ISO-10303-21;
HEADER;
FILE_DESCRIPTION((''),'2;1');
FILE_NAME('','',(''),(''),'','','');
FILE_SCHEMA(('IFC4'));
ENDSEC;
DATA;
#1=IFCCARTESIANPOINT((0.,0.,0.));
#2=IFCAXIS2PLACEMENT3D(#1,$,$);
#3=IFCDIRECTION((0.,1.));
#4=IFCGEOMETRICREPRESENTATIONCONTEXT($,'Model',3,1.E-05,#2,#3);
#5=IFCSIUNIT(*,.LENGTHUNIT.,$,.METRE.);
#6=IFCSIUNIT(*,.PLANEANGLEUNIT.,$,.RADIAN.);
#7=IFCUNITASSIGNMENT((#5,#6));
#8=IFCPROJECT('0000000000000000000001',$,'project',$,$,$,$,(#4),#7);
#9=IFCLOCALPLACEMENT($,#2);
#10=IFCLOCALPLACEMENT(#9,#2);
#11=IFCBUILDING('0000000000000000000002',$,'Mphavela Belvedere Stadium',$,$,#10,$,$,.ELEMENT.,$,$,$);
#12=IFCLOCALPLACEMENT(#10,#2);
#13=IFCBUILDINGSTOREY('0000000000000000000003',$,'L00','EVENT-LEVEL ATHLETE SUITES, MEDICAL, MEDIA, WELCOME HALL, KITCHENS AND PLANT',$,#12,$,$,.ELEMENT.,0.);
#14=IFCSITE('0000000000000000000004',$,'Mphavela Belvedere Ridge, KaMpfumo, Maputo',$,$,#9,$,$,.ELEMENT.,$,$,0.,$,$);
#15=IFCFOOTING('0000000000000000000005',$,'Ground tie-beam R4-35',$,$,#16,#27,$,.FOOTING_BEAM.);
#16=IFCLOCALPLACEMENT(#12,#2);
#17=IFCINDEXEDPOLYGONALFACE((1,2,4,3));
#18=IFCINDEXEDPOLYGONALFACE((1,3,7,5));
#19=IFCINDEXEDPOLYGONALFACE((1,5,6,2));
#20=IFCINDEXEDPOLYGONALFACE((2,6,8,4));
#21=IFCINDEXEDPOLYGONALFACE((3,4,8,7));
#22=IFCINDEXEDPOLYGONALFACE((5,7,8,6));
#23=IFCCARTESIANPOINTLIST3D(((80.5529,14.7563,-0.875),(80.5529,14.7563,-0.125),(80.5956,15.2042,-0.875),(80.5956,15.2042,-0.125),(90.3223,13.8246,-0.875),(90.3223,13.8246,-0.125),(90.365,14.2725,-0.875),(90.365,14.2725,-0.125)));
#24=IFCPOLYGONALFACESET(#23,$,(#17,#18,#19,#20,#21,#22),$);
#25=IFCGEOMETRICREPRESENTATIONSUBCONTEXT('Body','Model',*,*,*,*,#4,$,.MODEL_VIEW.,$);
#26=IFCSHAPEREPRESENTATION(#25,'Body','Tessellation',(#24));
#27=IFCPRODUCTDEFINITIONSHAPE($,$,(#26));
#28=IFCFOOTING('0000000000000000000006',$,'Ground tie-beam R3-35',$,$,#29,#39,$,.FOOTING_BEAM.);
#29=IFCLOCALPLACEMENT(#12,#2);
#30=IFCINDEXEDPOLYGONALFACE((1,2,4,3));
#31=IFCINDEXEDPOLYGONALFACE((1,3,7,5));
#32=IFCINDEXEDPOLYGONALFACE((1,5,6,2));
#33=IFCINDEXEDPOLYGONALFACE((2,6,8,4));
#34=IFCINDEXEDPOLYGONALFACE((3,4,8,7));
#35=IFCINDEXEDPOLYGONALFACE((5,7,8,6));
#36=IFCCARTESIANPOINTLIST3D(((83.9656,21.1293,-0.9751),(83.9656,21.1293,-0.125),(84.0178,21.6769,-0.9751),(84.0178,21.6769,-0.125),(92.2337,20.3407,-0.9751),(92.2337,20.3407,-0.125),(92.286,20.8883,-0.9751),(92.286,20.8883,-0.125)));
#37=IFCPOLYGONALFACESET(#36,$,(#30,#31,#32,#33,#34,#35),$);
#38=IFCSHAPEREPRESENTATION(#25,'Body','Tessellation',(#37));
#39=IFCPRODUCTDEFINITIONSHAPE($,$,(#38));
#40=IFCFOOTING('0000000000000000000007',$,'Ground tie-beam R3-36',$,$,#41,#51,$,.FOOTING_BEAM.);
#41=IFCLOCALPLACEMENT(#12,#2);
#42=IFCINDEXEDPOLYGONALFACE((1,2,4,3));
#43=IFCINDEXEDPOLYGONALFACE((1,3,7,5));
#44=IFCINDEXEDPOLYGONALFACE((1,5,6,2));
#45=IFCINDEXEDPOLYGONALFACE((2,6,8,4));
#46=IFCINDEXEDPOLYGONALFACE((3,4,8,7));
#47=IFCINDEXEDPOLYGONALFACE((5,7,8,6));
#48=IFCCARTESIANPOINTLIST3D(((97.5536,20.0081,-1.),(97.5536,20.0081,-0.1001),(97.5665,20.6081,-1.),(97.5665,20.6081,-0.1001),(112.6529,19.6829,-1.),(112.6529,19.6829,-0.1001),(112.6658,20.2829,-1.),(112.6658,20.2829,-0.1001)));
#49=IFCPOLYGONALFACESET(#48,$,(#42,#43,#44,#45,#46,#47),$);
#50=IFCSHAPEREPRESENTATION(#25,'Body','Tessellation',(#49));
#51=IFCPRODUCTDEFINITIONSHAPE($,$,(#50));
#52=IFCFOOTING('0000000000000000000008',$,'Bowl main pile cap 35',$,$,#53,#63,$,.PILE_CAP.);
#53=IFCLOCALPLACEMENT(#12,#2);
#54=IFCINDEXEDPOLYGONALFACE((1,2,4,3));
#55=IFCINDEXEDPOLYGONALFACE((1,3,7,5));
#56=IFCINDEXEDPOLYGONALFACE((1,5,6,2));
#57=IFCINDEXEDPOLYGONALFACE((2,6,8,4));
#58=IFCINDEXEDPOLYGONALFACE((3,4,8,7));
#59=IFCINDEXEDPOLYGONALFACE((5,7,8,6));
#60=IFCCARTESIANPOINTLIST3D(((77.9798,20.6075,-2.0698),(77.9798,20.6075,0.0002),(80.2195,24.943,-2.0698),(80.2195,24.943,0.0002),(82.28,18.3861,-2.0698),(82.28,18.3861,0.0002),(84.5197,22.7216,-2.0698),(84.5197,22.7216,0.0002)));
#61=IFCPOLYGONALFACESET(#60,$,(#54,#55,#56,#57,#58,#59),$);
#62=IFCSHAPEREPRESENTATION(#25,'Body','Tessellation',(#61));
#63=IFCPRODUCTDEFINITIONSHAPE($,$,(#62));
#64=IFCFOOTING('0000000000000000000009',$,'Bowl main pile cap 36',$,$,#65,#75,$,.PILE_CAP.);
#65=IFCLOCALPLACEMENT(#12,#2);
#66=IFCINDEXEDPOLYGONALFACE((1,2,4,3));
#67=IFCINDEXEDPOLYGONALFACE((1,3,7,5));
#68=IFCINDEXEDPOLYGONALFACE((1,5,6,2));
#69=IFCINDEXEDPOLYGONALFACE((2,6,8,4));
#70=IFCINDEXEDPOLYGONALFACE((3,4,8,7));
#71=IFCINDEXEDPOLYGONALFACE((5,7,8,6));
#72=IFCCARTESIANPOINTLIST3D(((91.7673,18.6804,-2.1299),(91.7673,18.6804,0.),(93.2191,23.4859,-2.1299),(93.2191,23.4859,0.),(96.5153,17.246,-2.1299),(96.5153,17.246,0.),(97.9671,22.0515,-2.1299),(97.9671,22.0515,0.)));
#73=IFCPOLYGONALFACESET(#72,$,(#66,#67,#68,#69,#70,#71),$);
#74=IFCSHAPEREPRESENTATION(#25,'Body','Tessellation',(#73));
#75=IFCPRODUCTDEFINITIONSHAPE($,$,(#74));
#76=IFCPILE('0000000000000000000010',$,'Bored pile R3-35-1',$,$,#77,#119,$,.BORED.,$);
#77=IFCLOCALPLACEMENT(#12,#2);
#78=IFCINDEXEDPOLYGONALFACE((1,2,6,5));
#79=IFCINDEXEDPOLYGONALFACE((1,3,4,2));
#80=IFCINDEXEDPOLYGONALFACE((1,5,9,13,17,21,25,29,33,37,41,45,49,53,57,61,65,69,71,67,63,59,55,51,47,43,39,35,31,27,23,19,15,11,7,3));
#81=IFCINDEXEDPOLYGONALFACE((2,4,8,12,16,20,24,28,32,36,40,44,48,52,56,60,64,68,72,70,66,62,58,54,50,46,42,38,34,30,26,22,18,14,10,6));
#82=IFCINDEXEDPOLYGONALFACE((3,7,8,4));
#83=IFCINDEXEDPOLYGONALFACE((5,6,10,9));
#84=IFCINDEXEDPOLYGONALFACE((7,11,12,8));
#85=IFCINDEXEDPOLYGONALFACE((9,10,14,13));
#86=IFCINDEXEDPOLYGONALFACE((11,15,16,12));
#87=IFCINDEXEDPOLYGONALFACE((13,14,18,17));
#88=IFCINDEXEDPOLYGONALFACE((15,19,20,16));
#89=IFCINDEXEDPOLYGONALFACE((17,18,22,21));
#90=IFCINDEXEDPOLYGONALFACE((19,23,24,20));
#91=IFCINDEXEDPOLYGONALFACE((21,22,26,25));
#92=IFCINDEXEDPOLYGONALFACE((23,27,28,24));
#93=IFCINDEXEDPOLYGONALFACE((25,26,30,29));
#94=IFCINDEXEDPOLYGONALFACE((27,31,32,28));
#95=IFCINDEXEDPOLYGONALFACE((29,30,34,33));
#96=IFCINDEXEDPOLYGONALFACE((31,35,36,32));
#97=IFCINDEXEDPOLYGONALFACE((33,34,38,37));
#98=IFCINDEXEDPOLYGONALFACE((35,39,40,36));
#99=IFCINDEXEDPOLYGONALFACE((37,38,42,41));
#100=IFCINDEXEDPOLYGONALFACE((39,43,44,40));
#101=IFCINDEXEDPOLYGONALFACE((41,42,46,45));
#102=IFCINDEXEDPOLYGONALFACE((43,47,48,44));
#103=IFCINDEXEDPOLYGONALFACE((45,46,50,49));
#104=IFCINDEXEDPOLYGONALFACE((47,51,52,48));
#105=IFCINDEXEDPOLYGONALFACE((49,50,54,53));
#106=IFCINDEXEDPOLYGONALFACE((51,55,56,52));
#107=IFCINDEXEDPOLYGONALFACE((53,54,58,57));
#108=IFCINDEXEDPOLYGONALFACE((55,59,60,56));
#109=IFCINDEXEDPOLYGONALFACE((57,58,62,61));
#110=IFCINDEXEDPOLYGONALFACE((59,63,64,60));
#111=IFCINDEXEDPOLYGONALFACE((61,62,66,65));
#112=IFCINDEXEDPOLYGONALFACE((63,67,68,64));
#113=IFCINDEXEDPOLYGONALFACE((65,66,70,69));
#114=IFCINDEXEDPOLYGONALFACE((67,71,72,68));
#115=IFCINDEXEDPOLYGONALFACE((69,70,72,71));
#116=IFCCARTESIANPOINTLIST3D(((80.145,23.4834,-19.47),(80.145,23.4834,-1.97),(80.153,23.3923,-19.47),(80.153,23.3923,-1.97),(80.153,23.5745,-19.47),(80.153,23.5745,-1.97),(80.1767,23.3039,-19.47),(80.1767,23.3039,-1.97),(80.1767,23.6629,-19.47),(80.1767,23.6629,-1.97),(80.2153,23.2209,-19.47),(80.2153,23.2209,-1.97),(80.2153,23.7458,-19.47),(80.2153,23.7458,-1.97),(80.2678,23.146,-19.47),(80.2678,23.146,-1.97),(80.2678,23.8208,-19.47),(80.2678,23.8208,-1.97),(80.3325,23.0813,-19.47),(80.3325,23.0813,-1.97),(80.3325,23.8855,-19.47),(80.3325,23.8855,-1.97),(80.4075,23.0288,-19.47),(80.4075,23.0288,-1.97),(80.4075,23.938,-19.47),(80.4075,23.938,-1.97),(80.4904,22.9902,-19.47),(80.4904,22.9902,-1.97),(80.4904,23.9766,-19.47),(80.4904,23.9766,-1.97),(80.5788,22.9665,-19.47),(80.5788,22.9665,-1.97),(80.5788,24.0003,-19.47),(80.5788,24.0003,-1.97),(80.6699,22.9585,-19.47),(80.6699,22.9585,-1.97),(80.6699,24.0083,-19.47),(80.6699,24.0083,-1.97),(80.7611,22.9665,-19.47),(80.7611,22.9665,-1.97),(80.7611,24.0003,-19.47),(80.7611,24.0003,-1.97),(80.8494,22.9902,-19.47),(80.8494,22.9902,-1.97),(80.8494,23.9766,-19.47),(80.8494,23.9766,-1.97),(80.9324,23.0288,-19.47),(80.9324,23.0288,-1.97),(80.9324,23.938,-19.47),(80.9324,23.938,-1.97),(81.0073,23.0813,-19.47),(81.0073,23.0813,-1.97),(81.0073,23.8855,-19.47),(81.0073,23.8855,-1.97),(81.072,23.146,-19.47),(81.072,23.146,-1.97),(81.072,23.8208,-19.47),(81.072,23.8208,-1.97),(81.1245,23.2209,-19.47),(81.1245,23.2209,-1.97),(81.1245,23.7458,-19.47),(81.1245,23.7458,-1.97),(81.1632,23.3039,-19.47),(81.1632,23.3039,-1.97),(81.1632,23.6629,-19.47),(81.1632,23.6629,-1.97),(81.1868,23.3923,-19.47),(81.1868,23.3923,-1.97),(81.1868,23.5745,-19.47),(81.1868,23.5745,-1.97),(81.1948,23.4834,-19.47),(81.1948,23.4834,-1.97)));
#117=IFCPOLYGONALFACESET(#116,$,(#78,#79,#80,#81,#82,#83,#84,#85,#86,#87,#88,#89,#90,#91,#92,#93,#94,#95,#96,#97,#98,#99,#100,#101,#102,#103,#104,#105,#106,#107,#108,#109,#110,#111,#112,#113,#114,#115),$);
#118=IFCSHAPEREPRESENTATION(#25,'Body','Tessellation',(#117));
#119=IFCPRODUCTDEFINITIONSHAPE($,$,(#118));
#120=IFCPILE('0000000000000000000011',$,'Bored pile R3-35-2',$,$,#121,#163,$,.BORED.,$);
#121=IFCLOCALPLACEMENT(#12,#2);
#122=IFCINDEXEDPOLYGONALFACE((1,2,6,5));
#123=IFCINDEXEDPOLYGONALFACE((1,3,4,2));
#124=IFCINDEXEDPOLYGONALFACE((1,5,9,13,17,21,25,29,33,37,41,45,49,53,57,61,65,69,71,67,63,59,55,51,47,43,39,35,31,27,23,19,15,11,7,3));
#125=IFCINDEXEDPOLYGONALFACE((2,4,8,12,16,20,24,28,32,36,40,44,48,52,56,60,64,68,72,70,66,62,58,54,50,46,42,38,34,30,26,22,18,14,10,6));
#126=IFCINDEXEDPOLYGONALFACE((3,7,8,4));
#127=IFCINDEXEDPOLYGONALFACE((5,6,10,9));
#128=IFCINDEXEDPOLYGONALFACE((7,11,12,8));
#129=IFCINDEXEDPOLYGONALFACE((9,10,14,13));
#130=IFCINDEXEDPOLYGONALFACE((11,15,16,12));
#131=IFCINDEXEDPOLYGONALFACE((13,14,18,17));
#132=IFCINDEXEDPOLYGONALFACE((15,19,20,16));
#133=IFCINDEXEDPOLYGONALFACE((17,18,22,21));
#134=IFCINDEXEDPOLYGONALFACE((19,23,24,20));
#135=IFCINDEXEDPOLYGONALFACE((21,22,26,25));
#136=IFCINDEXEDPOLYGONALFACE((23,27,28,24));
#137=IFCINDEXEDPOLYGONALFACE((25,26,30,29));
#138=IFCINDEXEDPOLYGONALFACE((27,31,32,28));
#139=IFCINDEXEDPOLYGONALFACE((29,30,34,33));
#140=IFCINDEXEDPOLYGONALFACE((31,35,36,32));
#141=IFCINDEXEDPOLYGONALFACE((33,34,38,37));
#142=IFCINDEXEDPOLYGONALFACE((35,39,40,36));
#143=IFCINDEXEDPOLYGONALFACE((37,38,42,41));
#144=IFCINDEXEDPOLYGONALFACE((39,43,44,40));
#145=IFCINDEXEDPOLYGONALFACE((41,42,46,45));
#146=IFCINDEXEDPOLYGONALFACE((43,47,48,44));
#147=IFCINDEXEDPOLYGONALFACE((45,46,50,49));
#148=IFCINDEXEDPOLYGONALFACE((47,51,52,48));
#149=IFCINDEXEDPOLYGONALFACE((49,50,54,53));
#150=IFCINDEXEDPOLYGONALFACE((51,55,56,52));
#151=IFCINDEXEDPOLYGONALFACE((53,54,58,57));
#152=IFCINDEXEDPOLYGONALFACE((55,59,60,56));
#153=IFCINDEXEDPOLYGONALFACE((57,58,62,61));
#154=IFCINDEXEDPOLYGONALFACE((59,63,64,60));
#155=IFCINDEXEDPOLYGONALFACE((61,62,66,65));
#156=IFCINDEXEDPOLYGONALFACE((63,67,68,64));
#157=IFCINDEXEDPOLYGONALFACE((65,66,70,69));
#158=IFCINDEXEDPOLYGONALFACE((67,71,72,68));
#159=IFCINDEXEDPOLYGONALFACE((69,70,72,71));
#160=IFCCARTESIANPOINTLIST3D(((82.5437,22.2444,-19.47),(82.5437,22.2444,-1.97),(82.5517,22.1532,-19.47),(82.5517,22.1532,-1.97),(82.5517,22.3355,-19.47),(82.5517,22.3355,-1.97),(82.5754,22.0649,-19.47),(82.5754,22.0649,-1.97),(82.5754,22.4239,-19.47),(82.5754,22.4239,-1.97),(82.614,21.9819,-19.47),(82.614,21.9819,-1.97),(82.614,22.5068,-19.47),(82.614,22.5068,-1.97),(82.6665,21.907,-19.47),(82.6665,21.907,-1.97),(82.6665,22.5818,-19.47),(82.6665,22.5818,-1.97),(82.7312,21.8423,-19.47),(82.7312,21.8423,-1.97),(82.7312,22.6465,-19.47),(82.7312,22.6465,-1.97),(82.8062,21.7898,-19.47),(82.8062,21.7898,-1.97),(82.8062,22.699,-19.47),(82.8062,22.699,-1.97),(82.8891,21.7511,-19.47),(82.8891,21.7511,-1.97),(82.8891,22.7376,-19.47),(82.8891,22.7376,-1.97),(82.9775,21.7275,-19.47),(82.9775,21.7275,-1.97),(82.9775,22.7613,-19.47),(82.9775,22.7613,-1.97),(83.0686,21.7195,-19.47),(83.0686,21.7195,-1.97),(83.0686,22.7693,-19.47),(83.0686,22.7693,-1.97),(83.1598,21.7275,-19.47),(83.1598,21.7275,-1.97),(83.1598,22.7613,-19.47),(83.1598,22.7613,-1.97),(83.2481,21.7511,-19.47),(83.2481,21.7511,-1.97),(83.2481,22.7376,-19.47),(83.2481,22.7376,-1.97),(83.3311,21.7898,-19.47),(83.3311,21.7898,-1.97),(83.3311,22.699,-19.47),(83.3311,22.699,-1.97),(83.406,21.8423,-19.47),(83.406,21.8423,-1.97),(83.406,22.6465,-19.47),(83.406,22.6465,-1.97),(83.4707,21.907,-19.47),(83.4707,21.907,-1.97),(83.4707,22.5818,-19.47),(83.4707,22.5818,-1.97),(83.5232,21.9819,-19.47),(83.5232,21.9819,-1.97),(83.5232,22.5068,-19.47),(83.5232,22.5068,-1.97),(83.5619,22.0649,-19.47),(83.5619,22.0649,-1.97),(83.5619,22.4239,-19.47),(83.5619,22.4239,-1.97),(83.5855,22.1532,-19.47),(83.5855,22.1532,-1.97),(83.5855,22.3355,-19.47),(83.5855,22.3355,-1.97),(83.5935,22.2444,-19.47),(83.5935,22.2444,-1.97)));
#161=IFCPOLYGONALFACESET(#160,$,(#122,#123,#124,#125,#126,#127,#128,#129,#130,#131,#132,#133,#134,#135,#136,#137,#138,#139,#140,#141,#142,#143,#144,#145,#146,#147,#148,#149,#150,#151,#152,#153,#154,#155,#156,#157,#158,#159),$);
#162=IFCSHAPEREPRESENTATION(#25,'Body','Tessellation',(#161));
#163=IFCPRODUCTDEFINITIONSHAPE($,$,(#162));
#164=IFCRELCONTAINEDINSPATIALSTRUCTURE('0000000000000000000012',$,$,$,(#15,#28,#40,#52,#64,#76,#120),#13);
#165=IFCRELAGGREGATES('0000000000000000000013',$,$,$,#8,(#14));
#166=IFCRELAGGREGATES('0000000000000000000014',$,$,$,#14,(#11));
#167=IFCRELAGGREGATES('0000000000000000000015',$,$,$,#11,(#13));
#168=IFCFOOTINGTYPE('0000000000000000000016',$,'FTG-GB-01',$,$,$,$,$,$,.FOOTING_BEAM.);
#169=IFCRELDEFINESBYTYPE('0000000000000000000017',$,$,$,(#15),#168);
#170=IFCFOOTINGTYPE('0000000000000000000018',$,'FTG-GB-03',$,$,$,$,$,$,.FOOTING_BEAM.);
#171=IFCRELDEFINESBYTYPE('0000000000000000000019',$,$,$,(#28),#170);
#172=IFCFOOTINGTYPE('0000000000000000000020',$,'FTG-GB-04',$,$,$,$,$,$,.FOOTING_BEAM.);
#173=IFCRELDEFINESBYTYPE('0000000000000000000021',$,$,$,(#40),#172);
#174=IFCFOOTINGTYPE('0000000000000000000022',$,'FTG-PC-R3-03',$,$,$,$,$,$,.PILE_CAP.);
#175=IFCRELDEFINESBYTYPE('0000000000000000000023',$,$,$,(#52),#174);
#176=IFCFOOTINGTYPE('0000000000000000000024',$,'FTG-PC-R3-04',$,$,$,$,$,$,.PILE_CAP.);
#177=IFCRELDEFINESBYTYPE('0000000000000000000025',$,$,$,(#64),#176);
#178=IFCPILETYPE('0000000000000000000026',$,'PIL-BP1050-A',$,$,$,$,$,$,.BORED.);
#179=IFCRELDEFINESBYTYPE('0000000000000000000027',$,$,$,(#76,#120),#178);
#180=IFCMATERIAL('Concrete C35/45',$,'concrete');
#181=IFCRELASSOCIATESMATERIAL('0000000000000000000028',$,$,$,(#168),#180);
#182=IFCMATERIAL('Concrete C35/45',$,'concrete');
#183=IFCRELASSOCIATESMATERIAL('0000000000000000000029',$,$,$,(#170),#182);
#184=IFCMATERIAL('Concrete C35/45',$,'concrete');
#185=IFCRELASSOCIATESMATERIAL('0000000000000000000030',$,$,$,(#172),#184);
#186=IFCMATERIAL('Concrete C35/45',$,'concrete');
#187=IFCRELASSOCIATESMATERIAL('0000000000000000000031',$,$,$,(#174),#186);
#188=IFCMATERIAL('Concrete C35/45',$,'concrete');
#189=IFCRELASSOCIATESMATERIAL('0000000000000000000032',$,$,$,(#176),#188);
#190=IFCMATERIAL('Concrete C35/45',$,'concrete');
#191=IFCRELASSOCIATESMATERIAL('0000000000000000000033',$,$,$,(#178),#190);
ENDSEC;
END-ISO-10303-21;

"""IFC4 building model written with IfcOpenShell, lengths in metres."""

from ifc_helpers import new_model, si_unit, direction, frame, origin, origin_2d, place, context, subcontext, project, spatial, rectangle, circle, extrude, material, material_profile, profile_set, type_object, element, save


model = new_model("IFC4")

# Units and contexts
model_context = context("Model", 3, precision=1e-05, world=origin(), true_north=direction((0.0, 1.0)))
body_context = subcontext(model_context, "Body", "Model", "MODEL_VIEW")
ifc_project = project(units=[si_unit("LENGTHUNIT", "METRE"), si_unit("PLANEANGLEUNIT", "RADIAN")], contexts=[model_context])

# Site, building, storey
site_placement = place(None, origin())
site = spatial("IfcSite", under=ifc_project, at=site_placement, Name="Mphavela Belvedere Ridge, KaMpfumo, Maputo", CompositionType="ELEMENT", RefElevation=0.0)
building_placement = place(site_placement, origin())
building = spatial("IfcBuilding", under=site, at=building_placement, Name="Mphavela Belvedere Stadium", CompositionType="ELEMENT")
storey_placement = place(building_placement, origin())
storey = spatial("IfcBuildingStorey", under=building, at=storey_placement, Name="L00", Description="EVENT-LEVEL ATHLETE SUITES, MEDICAL, MEDIA, WELCOME HALL, KITCHENS AND PLANT", CompositionType="ELEMENT", Elevation=0.0)

# Footings
ifc_material_1 = material(Name="Concrete C35/45", Category="concrete")
ifc_material_profile_1 = material_profile(ifc_material_1, rectangle(XDim=0.45, YDim=0.75, at=origin_2d()), Name="GB 450x750")
ifc_profile_set_1 = profile_set([ifc_material_profile_1], Name="Concrete C35/45")
footing_type_1 = type_object("IfcFootingType", Name="FTG-GB-01", PredefinedType="FOOTING_BEAM", material=ifc_profile_set_1)
footing_1_placement = place(storey_placement, frame((80.5742, 14.9802, -0.5), z_axis=(0.995484, -0.094934, 0.0), x_axis=(0.094934, 0.995484, 0.0)))
element("IfcFooting", 1, at=footing_1_placement, inside=storey, type_object=footing_type_1, Name="Ground tie-beam R4-35", PredefinedType="FOOTING_BEAM", context=body_context, shape_type="SweptSolid", body=[
    extrude(rectangle(XDim=0.45, YDim=0.75, at=origin_2d()), origin(), (0.0, 0.0, 1.0), 9.8137),
])
ifc_material_2 = material(Name="Concrete C35/45", Category="concrete")
ifc_material_profile_2 = material_profile(ifc_material_2, rectangle(XDim=0.55, YDim=0.8501, at=origin_2d()), Name="GB 550x850")
ifc_profile_set_2 = profile_set([ifc_material_profile_2], Name="Concrete C35/45")
footing_type_2 = type_object("IfcFootingType", Name="FTG-GB-03", PredefinedType="FOOTING_BEAM", material=ifc_profile_set_2)
footing_2_placement = place(storey_placement, frame((83.9917, 21.4031, -0.55), z_axis=(0.995483, -0.094945, 0.0), x_axis=(0.094945, 0.995483, 0.0)))
element("IfcFooting", 2, at=footing_2_placement, inside=storey, type_object=footing_type_2, Name="Ground tie-beam R3-35", PredefinedType="FOOTING_BEAM", context=body_context, shape_type="SweptSolid", body=[
    extrude(rectangle(XDim=0.55, YDim=0.8501, at=origin_2d()), origin(), (0.0, 0.0, 1.0), 8.3057),
])
ifc_material_3 = material(Name="Concrete C35/45", Category="concrete")
ifc_material_profile_3 = material_profile(ifc_material_3, rectangle(XDim=0.6001, YDim=0.8999, at=origin_2d()), Name="GB 600x900")
ifc_profile_set_3 = profile_set([ifc_material_profile_3], Name="Concrete C35/45")
footing_type_3 = type_object("IfcFootingType", Name="FTG-GB-04", PredefinedType="FOOTING_BEAM", material=ifc_profile_set_3)
footing_3_placement = place(storey_placement, frame((97.5601, 20.3081, -0.55), z_axis=(0.999768, -0.021532, 0.0), x_axis=(0.021532, 0.999768, 0.0)))
element("IfcFooting", 3, at=footing_3_placement, inside=storey, type_object=footing_type_3, Name="Ground tie-beam R3-36", PredefinedType="FOOTING_BEAM", context=body_context, shape_type="SweptSolid", body=[
    extrude(rectangle(XDim=0.6001, YDim=0.8999, at=origin_2d()), origin(), (0.0, 0.0, 1.0), 15.1028),
])
ifc_material_4 = material(Name="Concrete C35/45", Category="concrete")
footing_type_4 = type_object("IfcFootingType", Name="FTG-PC-R3-03", PredefinedType="PILE_CAP", material=ifc_material_4)
footing_4_placement = place(storey_placement, frame((81.2498, 21.6646, -2.0698), z_axis=(0.0, 0.0, 1.0), x_axis=(-0.45896, -0.888457, 0.0)))
element("IfcFooting", 4, at=footing_4_placement, inside=storey, type_object=footing_type_4, Name="Bowl main pile cap 35", PredefinedType="PILE_CAP", context=body_context, shape_type="SweptSolid", body=[
    extrude(rectangle(XDim=4.8799, YDim=4.8401, at=origin_2d()), origin(), (0.0, 0.0, 1.0), 2.0701),
])
ifc_material_5 = material(Name="Concrete C35/45", Category="concrete")
footing_type_5 = type_object("IfcFootingType", Name="FTG-PC-R3-04", PredefinedType="PILE_CAP", material=ifc_material_5)
footing_5_placement = place(storey_placement, frame((94.8672, 20.366, -2.1299), z_axis=(0.0, 0.0, 1.0), x_axis=(-0.289199, -0.957269, 0.0)))
element("IfcFooting", 5, at=footing_5_placement, inside=storey, type_object=footing_type_5, Name="Bowl main pile cap 36", PredefinedType="PILE_CAP", context=body_context, shape_type="SweptSolid", body=[
    extrude(rectangle(XDim=5.02, YDim=4.96, at=origin_2d()), origin(), (0.0, 0.0, 1.0), 2.1299),
])

# Piles
ifc_material_6 = material(Name="Concrete C35/45", Category="concrete")
ifc_material_profile_4 = material_profile(ifc_material_6, circle(Radius=0.5249, at=origin_2d()), Name="BP D1050")
ifc_profile_set_4 = profile_set([ifc_material_profile_4], Name="Concrete C35/45")
pile_type_1 = type_object("IfcPileType", Name="PIL-BP1050-A", PredefinedType="BORED", material=ifc_profile_set_4)
for number, where, z_axis, x_axis, name in (
    (6, (80.6699, 23.4834, -1.97), (0.0, 0.0, -1.0), (1.0, 0.0, 0.0), "Bored pile R3-35-1"),
    (7, (83.0686, 22.2444, -1.97), (0.0, 0.0, -1.0), (1.0, 0.0, 0.0), "Bored pile R3-35-2"),
):
    element("IfcPile", number, at=place(storey_placement, frame(where, z_axis=z_axis, x_axis=x_axis)), inside=storey, type_object=pile_type_1, Name=name, PredefinedType="BORED", context=body_context, shape_type="SweptSolid", body=[
        extrude(circle(Radius=0.5249, at=origin_2d()), origin(), (0.0, 0.0, 1.0), 17.5),
    ])

save(model, "model.ifc")
